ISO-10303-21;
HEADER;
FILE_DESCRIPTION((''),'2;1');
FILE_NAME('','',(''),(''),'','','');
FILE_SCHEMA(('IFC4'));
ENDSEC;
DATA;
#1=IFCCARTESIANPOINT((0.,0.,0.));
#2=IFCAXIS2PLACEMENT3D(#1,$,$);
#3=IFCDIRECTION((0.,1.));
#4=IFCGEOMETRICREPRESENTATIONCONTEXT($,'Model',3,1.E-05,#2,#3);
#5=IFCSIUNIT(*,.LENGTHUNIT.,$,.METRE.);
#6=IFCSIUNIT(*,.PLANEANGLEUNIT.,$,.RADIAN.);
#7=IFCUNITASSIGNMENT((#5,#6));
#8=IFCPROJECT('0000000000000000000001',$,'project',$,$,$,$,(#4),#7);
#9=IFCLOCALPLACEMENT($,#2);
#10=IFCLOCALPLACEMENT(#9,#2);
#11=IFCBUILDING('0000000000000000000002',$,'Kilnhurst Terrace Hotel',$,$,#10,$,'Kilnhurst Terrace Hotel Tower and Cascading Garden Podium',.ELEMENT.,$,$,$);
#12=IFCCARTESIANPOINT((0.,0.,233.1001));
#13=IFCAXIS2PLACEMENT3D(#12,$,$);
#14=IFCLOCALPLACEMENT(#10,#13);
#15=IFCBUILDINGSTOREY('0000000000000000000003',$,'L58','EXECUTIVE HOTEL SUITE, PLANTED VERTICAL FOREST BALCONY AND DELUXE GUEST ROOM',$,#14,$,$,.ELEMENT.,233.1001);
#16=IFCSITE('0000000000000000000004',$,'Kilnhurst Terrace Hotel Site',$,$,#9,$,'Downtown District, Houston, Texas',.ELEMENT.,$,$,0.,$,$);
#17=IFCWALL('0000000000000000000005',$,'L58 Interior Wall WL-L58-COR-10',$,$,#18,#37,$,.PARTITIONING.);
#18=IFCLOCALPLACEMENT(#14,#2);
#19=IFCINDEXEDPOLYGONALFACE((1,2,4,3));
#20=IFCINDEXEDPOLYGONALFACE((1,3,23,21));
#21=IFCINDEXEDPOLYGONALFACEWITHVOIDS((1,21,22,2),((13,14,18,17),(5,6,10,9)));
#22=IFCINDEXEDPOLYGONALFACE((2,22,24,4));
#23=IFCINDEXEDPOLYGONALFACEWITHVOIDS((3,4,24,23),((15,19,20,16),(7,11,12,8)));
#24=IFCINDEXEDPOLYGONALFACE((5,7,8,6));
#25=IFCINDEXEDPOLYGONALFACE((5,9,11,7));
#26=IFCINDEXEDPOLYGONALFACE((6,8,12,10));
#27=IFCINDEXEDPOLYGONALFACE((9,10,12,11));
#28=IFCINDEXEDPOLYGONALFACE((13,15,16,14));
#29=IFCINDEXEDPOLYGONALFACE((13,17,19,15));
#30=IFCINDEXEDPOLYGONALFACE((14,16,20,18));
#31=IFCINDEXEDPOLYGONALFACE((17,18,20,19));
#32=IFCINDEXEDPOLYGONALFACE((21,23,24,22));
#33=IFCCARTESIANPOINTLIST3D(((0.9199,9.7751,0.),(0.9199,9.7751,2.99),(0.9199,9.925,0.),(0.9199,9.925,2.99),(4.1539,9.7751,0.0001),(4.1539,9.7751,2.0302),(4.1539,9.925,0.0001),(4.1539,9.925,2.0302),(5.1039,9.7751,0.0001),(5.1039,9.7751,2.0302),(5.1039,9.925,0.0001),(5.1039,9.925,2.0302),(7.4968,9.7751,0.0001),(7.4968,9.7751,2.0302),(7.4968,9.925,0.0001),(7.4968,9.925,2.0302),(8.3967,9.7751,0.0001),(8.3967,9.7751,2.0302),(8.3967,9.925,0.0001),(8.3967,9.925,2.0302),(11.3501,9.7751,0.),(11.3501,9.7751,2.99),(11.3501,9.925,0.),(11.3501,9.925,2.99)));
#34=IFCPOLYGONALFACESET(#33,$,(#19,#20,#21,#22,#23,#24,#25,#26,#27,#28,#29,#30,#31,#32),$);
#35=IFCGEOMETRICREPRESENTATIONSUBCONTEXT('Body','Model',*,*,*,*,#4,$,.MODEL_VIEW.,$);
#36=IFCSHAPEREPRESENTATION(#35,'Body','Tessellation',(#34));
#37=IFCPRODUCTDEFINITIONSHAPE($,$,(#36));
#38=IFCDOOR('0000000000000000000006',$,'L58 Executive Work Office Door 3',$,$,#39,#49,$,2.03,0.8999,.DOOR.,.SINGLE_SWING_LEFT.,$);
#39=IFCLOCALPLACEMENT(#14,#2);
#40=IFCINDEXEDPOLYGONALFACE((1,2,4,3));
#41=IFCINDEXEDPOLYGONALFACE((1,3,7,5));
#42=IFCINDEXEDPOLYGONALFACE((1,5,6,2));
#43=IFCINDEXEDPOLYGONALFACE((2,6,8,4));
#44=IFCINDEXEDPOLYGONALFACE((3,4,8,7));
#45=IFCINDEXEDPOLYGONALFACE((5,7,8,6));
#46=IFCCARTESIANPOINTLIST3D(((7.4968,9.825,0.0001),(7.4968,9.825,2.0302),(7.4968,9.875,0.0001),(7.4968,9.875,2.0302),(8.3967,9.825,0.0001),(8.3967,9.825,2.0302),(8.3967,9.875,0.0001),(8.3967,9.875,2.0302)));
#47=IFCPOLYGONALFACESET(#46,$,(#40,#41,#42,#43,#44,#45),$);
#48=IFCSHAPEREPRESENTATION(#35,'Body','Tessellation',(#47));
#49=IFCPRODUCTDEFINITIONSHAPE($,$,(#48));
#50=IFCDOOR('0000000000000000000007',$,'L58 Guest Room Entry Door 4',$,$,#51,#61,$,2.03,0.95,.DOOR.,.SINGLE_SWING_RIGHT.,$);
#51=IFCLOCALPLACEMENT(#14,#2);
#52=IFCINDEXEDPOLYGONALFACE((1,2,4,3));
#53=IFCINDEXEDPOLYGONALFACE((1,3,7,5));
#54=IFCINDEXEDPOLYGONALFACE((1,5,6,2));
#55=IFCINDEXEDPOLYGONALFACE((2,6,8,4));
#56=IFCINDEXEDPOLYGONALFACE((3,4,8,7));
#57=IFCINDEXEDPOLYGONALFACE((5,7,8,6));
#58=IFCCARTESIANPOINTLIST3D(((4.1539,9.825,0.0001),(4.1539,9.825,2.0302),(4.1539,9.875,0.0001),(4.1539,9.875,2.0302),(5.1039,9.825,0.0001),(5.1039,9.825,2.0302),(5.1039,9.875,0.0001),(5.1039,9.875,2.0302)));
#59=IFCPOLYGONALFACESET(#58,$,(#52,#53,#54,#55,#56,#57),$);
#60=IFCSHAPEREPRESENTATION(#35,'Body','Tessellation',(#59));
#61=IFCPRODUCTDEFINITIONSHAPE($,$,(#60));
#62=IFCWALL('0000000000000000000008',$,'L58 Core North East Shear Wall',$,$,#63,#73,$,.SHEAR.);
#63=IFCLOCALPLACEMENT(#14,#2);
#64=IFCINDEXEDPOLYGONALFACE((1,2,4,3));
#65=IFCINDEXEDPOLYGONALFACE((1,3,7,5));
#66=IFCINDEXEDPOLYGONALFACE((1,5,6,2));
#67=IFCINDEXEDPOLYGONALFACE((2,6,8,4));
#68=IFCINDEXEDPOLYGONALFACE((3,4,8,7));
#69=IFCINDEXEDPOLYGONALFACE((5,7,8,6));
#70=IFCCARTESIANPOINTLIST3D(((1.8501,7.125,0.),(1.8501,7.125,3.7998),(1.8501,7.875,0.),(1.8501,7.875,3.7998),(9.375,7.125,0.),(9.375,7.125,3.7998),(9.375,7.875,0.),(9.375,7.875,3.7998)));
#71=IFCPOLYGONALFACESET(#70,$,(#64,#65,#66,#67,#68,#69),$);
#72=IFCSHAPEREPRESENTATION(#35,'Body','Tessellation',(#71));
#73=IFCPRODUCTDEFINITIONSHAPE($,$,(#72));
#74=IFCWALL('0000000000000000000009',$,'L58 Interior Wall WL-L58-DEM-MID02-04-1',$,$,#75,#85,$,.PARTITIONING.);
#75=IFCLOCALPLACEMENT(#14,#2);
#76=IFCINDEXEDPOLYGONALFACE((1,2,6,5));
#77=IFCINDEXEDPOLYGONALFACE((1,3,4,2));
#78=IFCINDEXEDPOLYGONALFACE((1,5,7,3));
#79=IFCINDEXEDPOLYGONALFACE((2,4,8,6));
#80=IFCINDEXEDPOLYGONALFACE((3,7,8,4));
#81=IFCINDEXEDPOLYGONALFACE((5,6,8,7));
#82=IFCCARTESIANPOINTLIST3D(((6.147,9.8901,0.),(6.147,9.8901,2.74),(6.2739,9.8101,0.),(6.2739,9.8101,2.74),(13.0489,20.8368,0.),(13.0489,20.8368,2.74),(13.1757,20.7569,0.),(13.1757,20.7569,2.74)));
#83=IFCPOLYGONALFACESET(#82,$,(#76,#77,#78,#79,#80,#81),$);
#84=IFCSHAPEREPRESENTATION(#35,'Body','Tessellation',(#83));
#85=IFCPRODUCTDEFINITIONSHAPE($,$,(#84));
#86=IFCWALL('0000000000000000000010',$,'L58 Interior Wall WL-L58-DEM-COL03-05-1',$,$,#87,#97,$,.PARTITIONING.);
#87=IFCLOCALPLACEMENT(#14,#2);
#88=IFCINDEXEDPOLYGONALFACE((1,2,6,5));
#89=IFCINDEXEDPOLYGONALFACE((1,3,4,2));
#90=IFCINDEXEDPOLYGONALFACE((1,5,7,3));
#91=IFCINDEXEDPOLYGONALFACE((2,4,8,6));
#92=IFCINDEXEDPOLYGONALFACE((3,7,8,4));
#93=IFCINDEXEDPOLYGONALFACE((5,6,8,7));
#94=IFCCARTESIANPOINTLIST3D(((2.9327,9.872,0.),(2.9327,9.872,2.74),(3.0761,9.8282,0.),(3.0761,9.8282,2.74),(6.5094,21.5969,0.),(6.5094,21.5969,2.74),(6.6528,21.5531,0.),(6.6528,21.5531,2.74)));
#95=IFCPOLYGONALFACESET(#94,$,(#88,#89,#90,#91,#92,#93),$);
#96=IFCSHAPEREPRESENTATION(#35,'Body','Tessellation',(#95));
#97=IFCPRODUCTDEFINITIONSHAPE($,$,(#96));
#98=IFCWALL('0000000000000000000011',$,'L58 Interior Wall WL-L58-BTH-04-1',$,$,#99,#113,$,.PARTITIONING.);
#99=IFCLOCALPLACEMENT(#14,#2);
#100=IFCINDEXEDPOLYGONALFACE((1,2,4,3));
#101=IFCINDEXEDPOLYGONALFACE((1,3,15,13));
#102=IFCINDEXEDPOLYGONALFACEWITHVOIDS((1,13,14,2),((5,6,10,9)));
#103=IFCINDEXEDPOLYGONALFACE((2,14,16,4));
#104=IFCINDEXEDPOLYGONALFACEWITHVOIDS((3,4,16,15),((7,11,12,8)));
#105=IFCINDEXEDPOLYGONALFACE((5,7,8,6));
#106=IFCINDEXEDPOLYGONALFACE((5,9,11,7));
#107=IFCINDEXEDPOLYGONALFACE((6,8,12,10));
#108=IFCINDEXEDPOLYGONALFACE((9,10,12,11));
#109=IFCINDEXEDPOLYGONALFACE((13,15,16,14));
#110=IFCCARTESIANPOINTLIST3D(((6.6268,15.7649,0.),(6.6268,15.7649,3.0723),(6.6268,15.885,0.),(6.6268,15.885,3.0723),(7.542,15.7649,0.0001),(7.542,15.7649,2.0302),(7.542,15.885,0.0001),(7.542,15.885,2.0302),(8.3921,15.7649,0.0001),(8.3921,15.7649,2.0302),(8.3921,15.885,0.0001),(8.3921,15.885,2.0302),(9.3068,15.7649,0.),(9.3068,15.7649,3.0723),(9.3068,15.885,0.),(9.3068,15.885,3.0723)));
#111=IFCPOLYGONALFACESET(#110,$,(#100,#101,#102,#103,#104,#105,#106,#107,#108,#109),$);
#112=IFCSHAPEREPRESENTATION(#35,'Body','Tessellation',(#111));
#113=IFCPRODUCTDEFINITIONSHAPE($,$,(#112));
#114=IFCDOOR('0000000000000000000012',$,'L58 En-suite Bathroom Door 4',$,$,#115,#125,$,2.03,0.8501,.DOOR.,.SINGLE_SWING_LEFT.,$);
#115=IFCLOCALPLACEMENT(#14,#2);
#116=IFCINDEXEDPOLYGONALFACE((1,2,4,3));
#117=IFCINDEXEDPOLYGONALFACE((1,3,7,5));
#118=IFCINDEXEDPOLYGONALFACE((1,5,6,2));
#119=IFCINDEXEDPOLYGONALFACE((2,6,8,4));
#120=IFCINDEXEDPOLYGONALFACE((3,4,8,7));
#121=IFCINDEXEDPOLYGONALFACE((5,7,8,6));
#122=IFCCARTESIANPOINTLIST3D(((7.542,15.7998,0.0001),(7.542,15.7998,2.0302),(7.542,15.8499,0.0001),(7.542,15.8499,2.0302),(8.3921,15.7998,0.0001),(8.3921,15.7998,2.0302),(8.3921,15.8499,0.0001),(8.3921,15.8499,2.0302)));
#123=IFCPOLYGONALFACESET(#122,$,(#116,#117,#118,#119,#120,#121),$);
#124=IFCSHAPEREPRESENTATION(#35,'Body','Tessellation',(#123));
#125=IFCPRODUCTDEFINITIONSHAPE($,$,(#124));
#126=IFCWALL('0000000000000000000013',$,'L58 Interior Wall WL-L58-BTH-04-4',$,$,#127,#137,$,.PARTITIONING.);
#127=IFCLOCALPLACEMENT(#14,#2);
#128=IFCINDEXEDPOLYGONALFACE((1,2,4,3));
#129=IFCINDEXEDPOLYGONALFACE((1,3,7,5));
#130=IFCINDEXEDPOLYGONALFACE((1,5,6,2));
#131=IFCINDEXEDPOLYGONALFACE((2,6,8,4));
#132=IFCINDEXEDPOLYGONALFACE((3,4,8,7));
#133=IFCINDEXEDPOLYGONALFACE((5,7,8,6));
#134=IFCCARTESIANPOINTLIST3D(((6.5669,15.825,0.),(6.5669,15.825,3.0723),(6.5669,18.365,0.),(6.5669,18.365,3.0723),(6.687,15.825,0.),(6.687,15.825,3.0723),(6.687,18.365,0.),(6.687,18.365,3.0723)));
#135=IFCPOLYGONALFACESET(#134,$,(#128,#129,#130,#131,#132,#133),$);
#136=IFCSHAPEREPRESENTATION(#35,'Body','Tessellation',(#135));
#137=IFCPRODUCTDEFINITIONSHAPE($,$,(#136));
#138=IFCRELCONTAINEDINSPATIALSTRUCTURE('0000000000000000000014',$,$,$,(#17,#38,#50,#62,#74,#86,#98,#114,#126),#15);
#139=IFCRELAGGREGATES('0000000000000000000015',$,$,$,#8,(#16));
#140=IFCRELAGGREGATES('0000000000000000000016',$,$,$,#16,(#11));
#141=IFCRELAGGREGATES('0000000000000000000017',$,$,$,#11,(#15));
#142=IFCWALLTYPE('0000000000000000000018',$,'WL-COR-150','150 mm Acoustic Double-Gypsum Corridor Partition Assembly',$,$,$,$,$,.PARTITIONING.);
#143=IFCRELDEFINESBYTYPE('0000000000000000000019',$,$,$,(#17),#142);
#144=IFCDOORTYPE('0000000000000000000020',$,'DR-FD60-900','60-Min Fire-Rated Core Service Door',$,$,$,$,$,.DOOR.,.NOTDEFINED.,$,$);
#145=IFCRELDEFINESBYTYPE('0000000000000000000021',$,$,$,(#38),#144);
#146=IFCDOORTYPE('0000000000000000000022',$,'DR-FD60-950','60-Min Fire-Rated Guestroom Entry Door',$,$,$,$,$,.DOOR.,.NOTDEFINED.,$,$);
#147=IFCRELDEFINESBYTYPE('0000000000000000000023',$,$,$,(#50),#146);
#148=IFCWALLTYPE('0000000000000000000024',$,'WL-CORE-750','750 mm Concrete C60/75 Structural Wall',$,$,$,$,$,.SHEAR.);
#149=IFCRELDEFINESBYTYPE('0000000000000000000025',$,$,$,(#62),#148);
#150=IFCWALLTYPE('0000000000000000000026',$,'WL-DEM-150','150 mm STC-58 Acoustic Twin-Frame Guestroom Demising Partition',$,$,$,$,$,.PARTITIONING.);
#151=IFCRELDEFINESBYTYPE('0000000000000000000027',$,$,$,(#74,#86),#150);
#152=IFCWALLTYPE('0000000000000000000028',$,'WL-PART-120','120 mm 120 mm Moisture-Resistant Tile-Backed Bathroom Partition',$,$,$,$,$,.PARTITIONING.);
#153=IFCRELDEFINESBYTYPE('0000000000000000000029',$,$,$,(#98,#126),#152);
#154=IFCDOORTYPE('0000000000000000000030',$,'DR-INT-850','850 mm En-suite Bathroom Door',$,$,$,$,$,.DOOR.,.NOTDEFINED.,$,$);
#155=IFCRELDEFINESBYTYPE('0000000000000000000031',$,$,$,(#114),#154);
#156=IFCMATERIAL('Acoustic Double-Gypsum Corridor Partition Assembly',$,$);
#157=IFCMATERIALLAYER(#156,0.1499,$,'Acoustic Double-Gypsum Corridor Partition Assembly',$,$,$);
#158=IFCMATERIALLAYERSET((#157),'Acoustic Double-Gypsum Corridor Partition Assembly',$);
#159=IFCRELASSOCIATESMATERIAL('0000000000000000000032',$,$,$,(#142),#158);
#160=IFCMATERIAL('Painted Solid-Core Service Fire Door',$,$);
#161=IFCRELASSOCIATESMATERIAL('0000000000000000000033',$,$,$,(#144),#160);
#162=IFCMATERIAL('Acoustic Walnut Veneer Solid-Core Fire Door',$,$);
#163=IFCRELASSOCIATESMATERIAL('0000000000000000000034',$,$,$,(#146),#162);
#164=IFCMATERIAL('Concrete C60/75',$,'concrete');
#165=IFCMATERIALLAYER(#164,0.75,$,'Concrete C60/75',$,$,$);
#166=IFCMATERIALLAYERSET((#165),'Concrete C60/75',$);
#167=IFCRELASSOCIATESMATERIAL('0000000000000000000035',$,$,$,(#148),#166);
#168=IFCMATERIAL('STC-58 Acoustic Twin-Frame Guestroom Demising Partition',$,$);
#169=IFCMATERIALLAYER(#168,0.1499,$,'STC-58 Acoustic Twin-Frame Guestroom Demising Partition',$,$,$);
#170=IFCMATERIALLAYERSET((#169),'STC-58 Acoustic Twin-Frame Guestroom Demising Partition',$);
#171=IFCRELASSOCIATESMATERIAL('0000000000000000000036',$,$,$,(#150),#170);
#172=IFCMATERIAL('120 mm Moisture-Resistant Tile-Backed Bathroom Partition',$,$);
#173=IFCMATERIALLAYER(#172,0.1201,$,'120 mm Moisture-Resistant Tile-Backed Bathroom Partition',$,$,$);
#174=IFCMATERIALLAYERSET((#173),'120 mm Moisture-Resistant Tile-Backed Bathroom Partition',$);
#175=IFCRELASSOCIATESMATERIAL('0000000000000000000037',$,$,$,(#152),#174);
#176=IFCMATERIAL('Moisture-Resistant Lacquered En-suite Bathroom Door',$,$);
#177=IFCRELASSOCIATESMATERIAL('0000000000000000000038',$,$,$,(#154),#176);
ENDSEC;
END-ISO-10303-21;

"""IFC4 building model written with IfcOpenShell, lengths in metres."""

from ifc_helpers import new_model, si_unit, direction, frame, frame_2d, origin, place, context, subcontext, project, spatial, rectangle, extrude, material, layer, layer_set, type_object, element, fill, save


model = new_model("IFC4")

# Units and contexts
model_context = context("Model", 3, precision=1e-05, world=origin(), true_north=direction((0.0, 1.0)))
body_context = subcontext(model_context, "Body", "Model", "MODEL_VIEW")
ifc_project = project(units=[si_unit("LENGTHUNIT", "METRE"), si_unit("PLANEANGLEUNIT", "RADIAN")], contexts=[model_context])

# Site, building, storey
site_placement = place(None, origin())
site = spatial("IfcSite", under=ifc_project, at=site_placement, Name="Kilnhurst Terrace Hotel Site", LongName="Downtown District, Houston, Texas", CompositionType="ELEMENT", RefElevation=0.0)
building_placement = place(site_placement, origin())
building = spatial("IfcBuilding", under=site, at=building_placement, Name="Kilnhurst Terrace Hotel", LongName="Kilnhurst Terrace Hotel Tower and Cascading Garden Podium", CompositionType="ELEMENT")
storey_placement = place(building_placement, frame((0.0, 0.0, 233.1001)))
storey = spatial("IfcBuildingStorey", under=building, at=storey_placement, Name="L58", Description="EXECUTIVE HOTEL SUITE, PLANTED VERTICAL FOREST BALCONY AND DELUXE GUEST ROOM", CompositionType="ELEMENT", Elevation=233.1001)

# Shared definitions
ifc_material_1 = material(Name="Concrete C60/75", Category="concrete")

# Shared definitions
ifc_material_2 = material(Name="Acoustic Double-Gypsum Corridor Partition Assembly")
ifc_layer_1 = layer(ifc_material_2, 0.1499, Name="Acoustic Double-Gypsum Corridor Partition Assembly")
ifc_layer_set_1 = layer_set([ifc_layer_1], Name="Acoustic Double-Gypsum Corridor Partition Assembly")
wall_type_1 = type_object("IfcWallType", Name="WL-COR-150", Description="150 mm Acoustic Double-Gypsum Corridor Partition Assembly", PredefinedType="PARTITIONING", material=ifc_layer_set_1)

# Wall, openings, doors
wall_1_placement = place(storey_placement, frame((0.9199, 9.8501, 0.0), z_axis=(0.0, 0.0, 1.0), x_axis=(1.0, 0.0, 0.0)))
wall_1 = element("IfcWall", 1, at=wall_1_placement, inside=storey, type_object=wall_type_1, Name="L58 Interior Wall WL-L58-COR-10", PredefinedType="PARTITIONING", context=body_context, shape_type="SweptSolid", body=[
    extrude(rectangle(XDim=10.4302, YDim=0.1499, at=frame_2d((5.2151, 0.0))), origin(), (0.0, 0.0, 1.0), 2.99),
])
opening_1_placement = place(wall_1_placement, frame((6.5769, 0.0, 0.0)))
opening_1 = element("IfcOpeningElement", 2, at=opening_1_placement, cuts=wall_1, PredefinedType="OPENING", context=body_context, shape_type="SweptSolid", body=[
    extrude(rectangle(XDim=0.8999, YDim=2.03, at=frame_2d((0.45, 1.0151))), frame((0.0, 0.085, 0.0), z_axis=(0.0, -1.0, 0.0), x_axis=(1.0, 0.0, 0.0)), (0.0, 0.0, 1.0), 0.1699),
])
opening_2_placement = place(wall_1_placement, frame((3.2339, 0.0, 0.0)))
opening_2 = element("IfcOpeningElement", 3, at=opening_2_placement, cuts=wall_1, PredefinedType="OPENING", context=body_context, shape_type="SweptSolid", body=[
    extrude(rectangle(XDim=0.95, YDim=2.03, at=frame_2d((0.4751, 1.0151))), frame((0.0, 0.085, 0.0), z_axis=(0.0, -1.0, 0.0), x_axis=(1.0, 0.0, 0.0)), (0.0, 0.0, 1.0), 0.1699),
])
ifc_material_3 = material(Name="Painted Solid-Core Service Fire Door")
door_type_1 = type_object("IfcDoorType", Name="DR-FD60-900", Description="60-Min Fire-Rated Core Service Door", OperationType="NOTDEFINED", PredefinedType="DOOR", material=ifc_material_3)
door_1_placement = place(opening_1_placement, origin())
door_1 = element("IfcDoor", 4, at=door_1_placement, inside=storey, type_object=door_type_1, Name="L58 Executive Work Office Door 3", OperationType="SINGLE_SWING_LEFT", OverallHeight=2.03, OverallWidth=0.8999, PredefinedType="DOOR", context=body_context, shape_type="SweptSolid", body=[
    extrude(rectangle(XDim=0.8999, YDim=2.03, at=frame_2d((0.45, 1.0151))), frame((0.0, 0.0249, 0.0), z_axis=(0.0, -1.0, 0.0), x_axis=(1.0, 0.0, 0.0)), (0.0, 0.0, 1.0), 0.05),
])
fill(opening_1, door_1)
ifc_material_4 = material(Name="Acoustic Walnut Veneer Solid-Core Fire Door")
door_type_2 = type_object("IfcDoorType", Name="DR-FD60-950", Description="60-Min Fire-Rated Guestroom Entry Door", OperationType="NOTDEFINED", PredefinedType="DOOR", material=ifc_material_4)
door_2_placement = place(opening_2_placement, origin())
door_2 = element("IfcDoor", 5, at=door_2_placement, inside=storey, type_object=door_type_2, Name="L58 Guest Room Entry Door 4", OperationType="SINGLE_SWING_RIGHT", OverallHeight=2.03, OverallWidth=0.95, PredefinedType="DOOR", context=body_context, shape_type="SweptSolid", body=[
    extrude(rectangle(XDim=0.95, YDim=2.03, at=frame_2d((0.4751, 1.0151))), frame((0.0, 0.0249, 0.0), z_axis=(0.0, -1.0, 0.0), x_axis=(1.0, 0.0, 0.0)), (0.0, 0.0, 1.0), 0.05),
])
fill(opening_2, door_2)

# Walls
ifc_layer_2 = layer(ifc_material_1, 0.75, Name="Concrete C60/75")
ifc_layer_set_2 = layer_set([ifc_layer_2], Name="Concrete C60/75")
wall_type_2 = type_object("IfcWallType", Name="WL-CORE-750", Description="750 mm Concrete C60/75 Structural Wall", PredefinedType="SHEAR", material=ifc_layer_set_2)
wall_2_placement = place(storey_placement, frame((1.8501, 7.5, 0.0), z_axis=(0.0, 0.0, 1.0), x_axis=(1.0, 0.0, 0.0)))
element("IfcWall", 6, at=wall_2_placement, inside=storey, type_object=wall_type_2, Name="L58 Core North East Shear Wall", PredefinedType="SHEAR", context=body_context, shape_type="SweptSolid", body=[
    extrude(rectangle(XDim=7.5249, YDim=0.75, at=frame_2d((3.7625, 0.0))), origin(), (0.0, 0.0, 1.0), 3.7998),
])
ifc_material_5 = material(Name="STC-58 Acoustic Twin-Frame Guestroom Demising Partition")
ifc_layer_3 = layer(ifc_material_5, 0.1499, Name="STC-58 Acoustic Twin-Frame Guestroom Demising Partition")
ifc_layer_set_3 = layer_set([ifc_layer_3], Name="STC-58 Acoustic Twin-Frame Guestroom Demising Partition")
wall_type_3 = type_object("IfcWallType", Name="WL-DEM-150", Description="150 mm STC-58 Acoustic Twin-Frame Guestroom Demising Partition", PredefinedType="PARTITIONING", material=ifc_layer_set_3)
wall_3_placement = place(storey_placement, frame((6.2104, 9.8501, 0.0), z_axis=(0.0, 0.0, 1.0), x_axis=(0.533336, 0.845904, 0.0)))
element("IfcWall", 7, at=wall_3_placement, inside=storey, type_object=wall_type_3, Name="L58 Interior Wall WL-L58-DEM-MID02-04-1", PredefinedType="PARTITIONING", context=body_context, shape_type="SweptSolid", body=[
    extrude(rectangle(XDim=12.9409, YDim=0.1499, at=frame_2d((6.4705, 0.0))), origin(), (0.0, 0.0, 1.0), 2.74),
])
wall_4_placement = place(storey_placement, frame((3.0044, 9.8501, 0.0), z_axis=(0.0, 0.0, 1.0), x_axis=(0.291776, 0.956487, 0.0)))
element("IfcWall", 8, at=wall_4_placement, inside=storey, type_object=wall_type_3, Name="L58 Interior Wall WL-L58-DEM-COL03-05-1", PredefinedType="PARTITIONING", context=body_context, shape_type="SweptSolid", body=[
    extrude(rectangle(XDim=12.2583, YDim=0.1499, at=frame_2d((6.1292, 0.0))), origin(), (0.0, 0.0, 1.0), 2.74),
])

# Wall, opening, door
ifc_material_6 = material(Name="120 mm Moisture-Resistant Tile-Backed Bathroom Partition")
ifc_layer_4 = layer(ifc_material_6, 0.1201, Name="120 mm Moisture-Resistant Tile-Backed Bathroom Partition")
ifc_layer_set_4 = layer_set([ifc_layer_4], Name="120 mm Moisture-Resistant Tile-Backed Bathroom Partition")
wall_type_4 = type_object("IfcWallType", Name="WL-PART-120", Description="120 mm 120 mm Moisture-Resistant Tile-Backed Bathroom Partition", PredefinedType="PARTITIONING", material=ifc_layer_set_4)
wall_5_placement = place(storey_placement, frame((6.627, 15.825, 0.0), z_axis=(0.0, 0.0, 1.0), x_axis=(1.0, 0.0, 0.0)))
wall_5 = element("IfcWall", 9, at=wall_5_placement, inside=storey, type_object=wall_type_4, Name="L58 Interior Wall WL-L58-BTH-04-1", PredefinedType="PARTITIONING", context=body_context, shape_type="SweptSolid", body=[
    extrude(rectangle(XDim=2.6799, YDim=0.1201, at=frame_2d((1.3398, 0.0))), origin(), (0.0, 0.0, 1.0), 3.0723),
])
opening_3_placement = place(wall_5_placement, frame((0.915, 0.0, 0.0)))
opening_3 = element("IfcOpeningElement", 10, at=opening_3_placement, cuts=wall_5, PredefinedType="OPENING", context=body_context, shape_type="SweptSolid", body=[
    extrude(rectangle(XDim=0.8501, YDim=2.03, at=frame_2d((0.425, 1.0151))), frame((0.0, 0.0701, 0.0), z_axis=(0.0, -1.0, 0.0), x_axis=(1.0, 0.0, 0.0)), (0.0, 0.0, 1.0), 0.1401),
])
ifc_material_7 = material(Name="Moisture-Resistant Lacquered En-suite Bathroom Door")
door_type_3 = type_object("IfcDoorType", Name="DR-INT-850", Description="850 mm En-suite Bathroom Door", OperationType="NOTDEFINED", PredefinedType="DOOR", material=ifc_material_7)
door_3_placement = place(opening_3_placement, origin())
door_3 = element("IfcDoor", 11, at=door_3_placement, inside=storey, type_object=door_type_3, Name="L58 En-suite Bathroom Door 4", OperationType="SINGLE_SWING_LEFT", OverallHeight=2.03, OverallWidth=0.8501, PredefinedType="DOOR", context=body_context, shape_type="SweptSolid", body=[
    extrude(rectangle(XDim=0.8501, YDim=2.03, at=frame_2d((0.425, 1.0151))), frame((0.0, 0.0249, 0.0), z_axis=(0.0, -1.0, 0.0), x_axis=(1.0, 0.0, 0.0)), (0.0, 0.0, 1.0), 0.05),
])
fill(opening_3, door_3)

# Wall
wall_6_placement = place(storey_placement, frame((6.627, 18.365, 0.0), z_axis=(0.0, 0.0, 1.0), x_axis=(0.0, -1.0, 0.0)))
element("IfcWall", 12, at=wall_6_placement, inside=storey, type_object=wall_type_4, Name="L58 Interior Wall WL-L58-BTH-04-4", PredefinedType="PARTITIONING", context=body_context, shape_type="SweptSolid", body=[
    extrude(rectangle(XDim=2.54, YDim=0.1201, at=frame_2d((1.27, 0.0))), origin(), (0.0, 0.0, 1.0), 3.0723),
])

save(model, "model.ifc")
